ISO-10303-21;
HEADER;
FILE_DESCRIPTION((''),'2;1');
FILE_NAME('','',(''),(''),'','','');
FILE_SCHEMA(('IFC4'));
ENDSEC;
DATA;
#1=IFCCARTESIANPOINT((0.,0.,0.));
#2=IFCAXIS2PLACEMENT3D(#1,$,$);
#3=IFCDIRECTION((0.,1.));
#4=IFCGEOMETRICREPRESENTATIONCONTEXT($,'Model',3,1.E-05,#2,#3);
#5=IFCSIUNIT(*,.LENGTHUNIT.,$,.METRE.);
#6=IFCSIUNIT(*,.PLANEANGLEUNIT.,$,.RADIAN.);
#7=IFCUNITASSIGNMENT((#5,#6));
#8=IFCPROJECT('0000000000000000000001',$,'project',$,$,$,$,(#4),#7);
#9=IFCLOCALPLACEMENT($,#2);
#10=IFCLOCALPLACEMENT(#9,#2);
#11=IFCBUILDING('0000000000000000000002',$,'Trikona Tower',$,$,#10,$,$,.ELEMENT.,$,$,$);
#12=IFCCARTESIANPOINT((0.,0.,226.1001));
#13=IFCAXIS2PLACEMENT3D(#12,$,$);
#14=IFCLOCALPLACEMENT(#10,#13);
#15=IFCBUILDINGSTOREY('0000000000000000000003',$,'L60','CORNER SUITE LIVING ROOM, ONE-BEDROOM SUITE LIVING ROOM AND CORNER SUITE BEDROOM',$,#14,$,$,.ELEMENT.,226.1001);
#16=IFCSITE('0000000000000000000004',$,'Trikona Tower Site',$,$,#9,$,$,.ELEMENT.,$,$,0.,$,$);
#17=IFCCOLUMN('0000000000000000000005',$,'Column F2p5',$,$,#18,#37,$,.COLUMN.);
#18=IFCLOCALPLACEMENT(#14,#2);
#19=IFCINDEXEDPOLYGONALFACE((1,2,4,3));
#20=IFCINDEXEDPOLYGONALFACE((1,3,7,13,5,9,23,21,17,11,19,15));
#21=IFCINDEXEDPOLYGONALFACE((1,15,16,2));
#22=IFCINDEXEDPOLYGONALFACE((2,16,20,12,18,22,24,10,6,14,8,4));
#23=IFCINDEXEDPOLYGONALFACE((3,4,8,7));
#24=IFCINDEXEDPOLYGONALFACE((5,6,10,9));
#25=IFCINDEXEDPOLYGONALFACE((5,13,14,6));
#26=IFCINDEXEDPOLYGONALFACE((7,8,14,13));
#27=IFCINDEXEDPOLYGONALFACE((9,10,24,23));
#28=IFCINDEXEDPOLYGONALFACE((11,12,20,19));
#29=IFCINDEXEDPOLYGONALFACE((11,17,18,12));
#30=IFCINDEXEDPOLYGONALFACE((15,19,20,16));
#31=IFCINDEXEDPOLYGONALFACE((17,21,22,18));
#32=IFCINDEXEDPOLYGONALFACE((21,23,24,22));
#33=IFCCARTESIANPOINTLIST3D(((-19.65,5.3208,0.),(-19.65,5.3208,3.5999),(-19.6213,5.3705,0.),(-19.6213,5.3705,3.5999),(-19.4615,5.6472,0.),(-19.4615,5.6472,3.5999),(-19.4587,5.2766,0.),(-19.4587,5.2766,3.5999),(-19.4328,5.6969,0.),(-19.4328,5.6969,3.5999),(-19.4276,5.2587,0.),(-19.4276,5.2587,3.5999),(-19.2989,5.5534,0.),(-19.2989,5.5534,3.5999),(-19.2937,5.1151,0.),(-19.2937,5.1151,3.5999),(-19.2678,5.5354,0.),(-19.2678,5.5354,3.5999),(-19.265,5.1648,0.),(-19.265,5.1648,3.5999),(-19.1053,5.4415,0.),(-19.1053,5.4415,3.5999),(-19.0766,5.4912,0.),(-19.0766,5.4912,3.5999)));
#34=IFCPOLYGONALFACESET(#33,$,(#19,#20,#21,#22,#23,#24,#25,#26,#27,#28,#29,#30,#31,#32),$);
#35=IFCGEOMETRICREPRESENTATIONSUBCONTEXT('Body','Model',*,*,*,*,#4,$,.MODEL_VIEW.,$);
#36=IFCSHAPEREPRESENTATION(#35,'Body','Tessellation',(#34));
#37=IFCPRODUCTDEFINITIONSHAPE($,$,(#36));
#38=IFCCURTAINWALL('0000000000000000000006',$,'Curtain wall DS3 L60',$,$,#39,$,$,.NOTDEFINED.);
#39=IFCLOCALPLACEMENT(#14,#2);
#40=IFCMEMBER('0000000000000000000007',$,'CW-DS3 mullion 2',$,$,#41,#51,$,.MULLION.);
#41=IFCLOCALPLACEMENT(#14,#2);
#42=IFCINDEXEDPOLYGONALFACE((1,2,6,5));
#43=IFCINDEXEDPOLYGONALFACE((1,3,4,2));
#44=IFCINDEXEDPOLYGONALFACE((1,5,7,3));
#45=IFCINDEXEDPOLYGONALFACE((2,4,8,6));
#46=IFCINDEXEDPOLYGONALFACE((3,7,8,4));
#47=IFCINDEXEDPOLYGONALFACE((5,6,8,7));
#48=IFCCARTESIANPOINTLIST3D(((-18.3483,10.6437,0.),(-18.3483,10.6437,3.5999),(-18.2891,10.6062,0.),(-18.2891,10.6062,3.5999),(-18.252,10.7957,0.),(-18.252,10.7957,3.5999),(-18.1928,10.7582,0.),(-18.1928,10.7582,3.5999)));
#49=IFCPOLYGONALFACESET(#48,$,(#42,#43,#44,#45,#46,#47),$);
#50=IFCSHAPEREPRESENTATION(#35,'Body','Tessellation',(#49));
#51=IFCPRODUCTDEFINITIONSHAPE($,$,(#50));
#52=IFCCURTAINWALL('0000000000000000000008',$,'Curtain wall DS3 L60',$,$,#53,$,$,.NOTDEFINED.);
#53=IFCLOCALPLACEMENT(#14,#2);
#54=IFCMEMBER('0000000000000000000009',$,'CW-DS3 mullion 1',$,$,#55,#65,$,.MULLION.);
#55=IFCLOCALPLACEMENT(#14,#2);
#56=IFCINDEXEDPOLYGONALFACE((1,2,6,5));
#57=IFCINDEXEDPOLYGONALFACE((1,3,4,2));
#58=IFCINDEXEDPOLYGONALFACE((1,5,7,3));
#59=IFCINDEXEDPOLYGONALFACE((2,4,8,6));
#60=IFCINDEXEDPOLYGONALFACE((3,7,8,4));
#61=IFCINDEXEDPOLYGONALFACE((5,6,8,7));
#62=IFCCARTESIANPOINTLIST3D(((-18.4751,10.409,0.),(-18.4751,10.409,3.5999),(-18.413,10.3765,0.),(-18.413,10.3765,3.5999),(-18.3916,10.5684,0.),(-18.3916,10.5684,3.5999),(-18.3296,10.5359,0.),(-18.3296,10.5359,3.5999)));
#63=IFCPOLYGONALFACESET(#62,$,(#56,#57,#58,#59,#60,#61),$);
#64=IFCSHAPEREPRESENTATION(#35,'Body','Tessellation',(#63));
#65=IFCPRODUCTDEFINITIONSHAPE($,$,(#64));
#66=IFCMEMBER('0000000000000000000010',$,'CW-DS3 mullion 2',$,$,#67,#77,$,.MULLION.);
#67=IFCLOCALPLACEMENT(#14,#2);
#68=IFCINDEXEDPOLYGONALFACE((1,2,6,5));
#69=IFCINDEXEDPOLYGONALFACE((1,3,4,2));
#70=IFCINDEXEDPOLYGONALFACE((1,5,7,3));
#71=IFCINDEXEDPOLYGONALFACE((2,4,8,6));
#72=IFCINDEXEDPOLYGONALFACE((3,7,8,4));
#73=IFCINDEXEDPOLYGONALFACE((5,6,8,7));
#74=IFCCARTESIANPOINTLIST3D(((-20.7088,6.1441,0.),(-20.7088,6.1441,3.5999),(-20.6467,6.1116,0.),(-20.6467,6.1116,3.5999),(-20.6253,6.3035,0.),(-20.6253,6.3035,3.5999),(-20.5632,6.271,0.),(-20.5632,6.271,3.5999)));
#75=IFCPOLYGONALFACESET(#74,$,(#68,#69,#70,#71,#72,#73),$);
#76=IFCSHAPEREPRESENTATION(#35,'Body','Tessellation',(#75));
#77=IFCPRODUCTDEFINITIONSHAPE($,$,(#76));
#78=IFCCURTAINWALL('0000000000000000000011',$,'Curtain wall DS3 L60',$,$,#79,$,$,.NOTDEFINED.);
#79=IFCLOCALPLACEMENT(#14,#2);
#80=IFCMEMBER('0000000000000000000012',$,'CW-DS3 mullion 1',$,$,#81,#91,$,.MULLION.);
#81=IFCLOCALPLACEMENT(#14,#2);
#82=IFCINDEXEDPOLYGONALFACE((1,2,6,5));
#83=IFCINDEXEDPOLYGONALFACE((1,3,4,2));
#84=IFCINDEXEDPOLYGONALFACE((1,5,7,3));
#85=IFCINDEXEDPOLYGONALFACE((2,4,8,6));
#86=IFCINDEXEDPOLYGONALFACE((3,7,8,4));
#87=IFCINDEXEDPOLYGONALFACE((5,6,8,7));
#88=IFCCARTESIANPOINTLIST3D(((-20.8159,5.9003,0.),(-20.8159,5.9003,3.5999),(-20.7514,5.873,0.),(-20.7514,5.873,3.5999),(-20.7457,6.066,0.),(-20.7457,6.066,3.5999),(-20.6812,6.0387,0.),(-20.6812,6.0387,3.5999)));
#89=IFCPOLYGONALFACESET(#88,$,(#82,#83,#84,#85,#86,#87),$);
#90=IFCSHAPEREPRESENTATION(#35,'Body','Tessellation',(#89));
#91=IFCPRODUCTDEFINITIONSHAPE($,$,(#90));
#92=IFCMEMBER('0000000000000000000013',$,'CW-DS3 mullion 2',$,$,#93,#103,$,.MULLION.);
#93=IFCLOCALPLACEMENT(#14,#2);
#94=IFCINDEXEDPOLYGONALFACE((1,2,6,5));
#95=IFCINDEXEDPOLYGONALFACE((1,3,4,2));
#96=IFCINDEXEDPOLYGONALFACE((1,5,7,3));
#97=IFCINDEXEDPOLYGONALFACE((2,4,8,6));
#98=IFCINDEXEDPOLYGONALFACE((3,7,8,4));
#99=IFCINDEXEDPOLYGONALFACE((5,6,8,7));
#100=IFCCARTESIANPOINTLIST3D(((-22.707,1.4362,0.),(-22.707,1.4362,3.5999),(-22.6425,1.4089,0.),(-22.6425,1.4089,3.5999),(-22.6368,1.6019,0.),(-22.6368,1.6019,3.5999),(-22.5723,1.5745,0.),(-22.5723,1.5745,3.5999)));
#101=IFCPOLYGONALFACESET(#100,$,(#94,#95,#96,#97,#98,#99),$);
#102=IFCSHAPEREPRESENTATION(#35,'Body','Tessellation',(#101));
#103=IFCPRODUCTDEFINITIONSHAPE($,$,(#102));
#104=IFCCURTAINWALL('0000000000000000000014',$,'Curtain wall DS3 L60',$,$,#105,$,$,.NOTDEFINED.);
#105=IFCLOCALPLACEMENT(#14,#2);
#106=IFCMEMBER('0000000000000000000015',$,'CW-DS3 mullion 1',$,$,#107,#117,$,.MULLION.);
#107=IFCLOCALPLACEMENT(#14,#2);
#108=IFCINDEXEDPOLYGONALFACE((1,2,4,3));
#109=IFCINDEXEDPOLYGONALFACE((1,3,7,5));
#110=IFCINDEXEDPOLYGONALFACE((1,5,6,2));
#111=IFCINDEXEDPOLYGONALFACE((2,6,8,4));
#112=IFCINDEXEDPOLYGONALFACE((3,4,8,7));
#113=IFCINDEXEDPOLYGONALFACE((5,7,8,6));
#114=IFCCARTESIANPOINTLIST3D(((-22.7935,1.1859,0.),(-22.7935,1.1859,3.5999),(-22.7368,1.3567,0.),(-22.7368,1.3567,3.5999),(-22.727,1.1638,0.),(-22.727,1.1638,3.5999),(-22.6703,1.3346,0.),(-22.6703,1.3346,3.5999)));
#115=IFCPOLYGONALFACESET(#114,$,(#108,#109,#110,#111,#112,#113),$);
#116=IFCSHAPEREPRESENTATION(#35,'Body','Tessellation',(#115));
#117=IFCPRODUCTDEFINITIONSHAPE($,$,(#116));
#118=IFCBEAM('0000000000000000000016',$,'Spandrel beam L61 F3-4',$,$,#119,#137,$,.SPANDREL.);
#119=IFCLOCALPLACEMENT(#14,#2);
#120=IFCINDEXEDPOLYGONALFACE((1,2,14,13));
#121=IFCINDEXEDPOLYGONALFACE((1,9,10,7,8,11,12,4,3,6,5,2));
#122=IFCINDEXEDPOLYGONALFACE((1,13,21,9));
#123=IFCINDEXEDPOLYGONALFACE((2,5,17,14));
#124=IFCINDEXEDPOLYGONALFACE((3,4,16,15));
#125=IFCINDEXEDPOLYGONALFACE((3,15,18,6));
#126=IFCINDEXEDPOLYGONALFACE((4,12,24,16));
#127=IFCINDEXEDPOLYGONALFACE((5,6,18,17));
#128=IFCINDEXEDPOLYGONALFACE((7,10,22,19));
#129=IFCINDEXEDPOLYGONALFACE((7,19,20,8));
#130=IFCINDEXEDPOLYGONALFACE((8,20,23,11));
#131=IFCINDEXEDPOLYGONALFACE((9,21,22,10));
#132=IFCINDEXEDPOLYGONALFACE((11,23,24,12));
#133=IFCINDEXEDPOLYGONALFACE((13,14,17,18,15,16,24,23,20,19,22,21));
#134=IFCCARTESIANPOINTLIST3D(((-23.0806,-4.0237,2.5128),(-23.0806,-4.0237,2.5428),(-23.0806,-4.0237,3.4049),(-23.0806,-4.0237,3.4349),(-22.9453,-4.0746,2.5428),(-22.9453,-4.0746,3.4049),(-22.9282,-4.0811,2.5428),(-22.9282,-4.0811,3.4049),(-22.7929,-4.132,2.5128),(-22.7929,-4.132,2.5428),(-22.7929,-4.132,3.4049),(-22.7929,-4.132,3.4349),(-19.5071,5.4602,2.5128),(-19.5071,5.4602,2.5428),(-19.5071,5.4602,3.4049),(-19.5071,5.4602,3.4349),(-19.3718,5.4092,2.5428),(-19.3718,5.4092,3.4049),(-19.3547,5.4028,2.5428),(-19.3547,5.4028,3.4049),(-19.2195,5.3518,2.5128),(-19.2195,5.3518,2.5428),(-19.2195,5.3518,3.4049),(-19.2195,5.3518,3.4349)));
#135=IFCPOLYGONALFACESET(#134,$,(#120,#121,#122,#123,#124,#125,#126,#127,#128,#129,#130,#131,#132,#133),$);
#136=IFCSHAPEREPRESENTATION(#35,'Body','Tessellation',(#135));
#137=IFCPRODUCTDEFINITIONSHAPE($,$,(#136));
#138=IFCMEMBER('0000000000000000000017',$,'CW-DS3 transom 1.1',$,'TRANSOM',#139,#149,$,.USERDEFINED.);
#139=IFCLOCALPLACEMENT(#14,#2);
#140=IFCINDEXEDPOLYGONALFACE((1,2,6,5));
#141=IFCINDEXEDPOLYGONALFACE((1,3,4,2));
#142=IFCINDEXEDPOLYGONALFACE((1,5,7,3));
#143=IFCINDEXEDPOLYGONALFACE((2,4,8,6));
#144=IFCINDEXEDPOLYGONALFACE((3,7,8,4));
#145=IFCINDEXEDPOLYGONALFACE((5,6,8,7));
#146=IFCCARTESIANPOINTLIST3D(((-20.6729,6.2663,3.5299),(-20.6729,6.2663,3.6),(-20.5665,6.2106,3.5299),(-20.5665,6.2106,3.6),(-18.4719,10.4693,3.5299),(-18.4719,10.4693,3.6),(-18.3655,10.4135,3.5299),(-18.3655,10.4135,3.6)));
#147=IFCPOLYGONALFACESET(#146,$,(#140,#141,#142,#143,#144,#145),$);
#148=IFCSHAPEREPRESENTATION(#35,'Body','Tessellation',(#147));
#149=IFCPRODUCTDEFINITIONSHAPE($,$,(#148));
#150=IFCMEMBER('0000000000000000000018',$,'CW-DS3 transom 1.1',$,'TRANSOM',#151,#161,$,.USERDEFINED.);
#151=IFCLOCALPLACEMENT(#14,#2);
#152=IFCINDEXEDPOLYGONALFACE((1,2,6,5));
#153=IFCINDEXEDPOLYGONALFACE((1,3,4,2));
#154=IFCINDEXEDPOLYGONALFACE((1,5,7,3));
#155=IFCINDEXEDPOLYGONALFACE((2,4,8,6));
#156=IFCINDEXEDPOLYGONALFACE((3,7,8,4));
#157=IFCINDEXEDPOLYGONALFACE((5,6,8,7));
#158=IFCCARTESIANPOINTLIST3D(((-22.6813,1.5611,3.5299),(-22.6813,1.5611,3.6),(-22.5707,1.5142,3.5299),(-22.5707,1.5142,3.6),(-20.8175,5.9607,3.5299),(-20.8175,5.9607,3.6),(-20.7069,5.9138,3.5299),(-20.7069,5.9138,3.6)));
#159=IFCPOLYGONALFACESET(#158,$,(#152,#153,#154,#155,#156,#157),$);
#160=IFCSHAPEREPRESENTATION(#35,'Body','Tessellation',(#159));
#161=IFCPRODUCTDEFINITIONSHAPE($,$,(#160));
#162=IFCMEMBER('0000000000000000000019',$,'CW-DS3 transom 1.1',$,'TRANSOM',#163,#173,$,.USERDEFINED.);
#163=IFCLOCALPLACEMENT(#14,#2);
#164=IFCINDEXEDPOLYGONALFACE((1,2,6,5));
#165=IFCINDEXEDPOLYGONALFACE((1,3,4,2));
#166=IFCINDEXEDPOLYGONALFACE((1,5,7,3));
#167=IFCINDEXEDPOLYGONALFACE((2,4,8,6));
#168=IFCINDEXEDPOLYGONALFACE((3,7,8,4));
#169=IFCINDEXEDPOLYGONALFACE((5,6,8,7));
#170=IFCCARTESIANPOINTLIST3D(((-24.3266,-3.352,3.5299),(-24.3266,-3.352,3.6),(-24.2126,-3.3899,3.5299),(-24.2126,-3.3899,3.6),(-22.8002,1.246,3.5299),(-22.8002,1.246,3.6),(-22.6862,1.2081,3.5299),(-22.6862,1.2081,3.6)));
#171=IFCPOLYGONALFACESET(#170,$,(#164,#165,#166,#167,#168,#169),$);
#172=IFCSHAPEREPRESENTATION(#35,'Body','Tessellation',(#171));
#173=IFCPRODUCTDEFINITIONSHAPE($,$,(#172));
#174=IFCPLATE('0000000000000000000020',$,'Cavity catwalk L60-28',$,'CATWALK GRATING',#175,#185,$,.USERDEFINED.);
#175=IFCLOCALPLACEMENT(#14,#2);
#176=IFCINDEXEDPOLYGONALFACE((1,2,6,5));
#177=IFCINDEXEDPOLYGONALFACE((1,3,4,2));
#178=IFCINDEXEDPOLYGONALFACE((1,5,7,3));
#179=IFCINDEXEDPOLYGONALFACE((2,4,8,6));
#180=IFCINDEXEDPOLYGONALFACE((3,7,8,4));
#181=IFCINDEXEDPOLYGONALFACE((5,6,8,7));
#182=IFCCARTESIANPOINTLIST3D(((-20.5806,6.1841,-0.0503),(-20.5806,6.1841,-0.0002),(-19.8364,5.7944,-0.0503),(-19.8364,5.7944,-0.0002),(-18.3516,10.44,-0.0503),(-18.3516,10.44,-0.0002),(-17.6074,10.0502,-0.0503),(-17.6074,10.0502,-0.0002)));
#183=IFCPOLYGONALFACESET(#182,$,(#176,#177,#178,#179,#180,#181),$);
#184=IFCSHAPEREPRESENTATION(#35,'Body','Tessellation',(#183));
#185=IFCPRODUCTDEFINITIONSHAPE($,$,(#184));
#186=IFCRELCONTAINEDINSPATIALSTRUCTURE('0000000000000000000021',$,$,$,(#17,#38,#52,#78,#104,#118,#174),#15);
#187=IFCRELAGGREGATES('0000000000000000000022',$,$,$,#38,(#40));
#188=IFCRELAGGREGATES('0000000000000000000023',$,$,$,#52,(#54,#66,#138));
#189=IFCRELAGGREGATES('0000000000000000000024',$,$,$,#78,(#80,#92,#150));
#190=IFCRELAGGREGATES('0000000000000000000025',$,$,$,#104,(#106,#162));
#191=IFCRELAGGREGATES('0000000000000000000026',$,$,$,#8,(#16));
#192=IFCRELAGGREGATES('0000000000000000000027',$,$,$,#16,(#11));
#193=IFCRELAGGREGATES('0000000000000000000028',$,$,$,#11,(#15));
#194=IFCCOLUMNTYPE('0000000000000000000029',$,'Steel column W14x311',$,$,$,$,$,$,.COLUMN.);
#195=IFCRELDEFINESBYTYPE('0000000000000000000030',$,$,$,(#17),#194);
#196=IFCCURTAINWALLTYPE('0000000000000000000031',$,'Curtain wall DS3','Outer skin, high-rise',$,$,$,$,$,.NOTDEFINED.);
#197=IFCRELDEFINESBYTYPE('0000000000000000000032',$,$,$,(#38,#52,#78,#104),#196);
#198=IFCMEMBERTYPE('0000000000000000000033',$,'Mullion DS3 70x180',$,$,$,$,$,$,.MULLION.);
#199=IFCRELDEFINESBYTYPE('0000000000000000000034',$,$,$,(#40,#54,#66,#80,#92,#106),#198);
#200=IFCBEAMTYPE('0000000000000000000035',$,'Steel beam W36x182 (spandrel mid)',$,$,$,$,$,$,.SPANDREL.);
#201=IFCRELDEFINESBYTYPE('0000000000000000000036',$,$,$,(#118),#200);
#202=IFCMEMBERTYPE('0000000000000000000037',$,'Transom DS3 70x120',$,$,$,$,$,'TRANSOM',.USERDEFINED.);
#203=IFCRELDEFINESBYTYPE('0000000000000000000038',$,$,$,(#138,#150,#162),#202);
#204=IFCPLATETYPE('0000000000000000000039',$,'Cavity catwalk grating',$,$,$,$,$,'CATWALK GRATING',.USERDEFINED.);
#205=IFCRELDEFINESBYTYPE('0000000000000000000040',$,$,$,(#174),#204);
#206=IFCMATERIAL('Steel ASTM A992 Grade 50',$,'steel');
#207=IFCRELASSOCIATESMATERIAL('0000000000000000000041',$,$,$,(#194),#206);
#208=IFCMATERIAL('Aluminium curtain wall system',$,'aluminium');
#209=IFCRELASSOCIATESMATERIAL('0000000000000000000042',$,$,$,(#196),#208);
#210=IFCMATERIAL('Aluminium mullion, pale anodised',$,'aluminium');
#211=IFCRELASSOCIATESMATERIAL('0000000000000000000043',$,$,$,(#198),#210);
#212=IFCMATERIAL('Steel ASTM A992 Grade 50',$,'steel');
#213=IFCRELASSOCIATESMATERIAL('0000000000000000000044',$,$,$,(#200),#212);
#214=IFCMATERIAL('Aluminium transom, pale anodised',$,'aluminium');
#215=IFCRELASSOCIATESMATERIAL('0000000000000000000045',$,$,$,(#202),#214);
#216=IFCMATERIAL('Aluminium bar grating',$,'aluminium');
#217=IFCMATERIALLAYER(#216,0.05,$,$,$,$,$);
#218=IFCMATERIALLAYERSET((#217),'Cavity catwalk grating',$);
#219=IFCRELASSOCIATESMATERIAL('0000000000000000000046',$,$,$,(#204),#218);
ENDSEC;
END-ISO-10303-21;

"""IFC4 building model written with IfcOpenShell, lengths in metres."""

from ifc_helpers import new_model, si_unit, direction, frame, origin, origin_2d, place, context, subcontext, project, spatial, rectangle, i_section, extrude, material, layer, layer_set, material_profile, profile_set, type_object, element, aggregate, save


model = new_model("IFC4")

# Units and contexts
model_context = context("Model", 3, precision=1e-05, world=origin(), true_north=direction((0.0, 1.0)))
body_context = subcontext(model_context, "Body", "Model", "MODEL_VIEW")
ifc_project = project(units=[si_unit("LENGTHUNIT", "METRE"), si_unit("PLANEANGLEUNIT", "RADIAN")], contexts=[model_context])

# Site, building, storey
site_placement = place(None, origin())
site = spatial("IfcSite", under=ifc_project, at=site_placement, Name="Trikona Tower Site", CompositionType="ELEMENT", RefElevation=0.0)
building_placement = place(site_placement, origin())
building = spatial("IfcBuilding", under=site, at=building_placement, Name="Trikona Tower", CompositionType="ELEMENT")
storey_placement = place(building_placement, frame((0.0, 0.0, 226.1001)))
storey = spatial("IfcBuildingStorey", under=building, at=storey_placement, Name="L60", Description="CORNER SUITE LIVING ROOM, ONE-BEDROOM SUITE LIVING ROOM AND CORNER SUITE BEDROOM", CompositionType="ELEMENT", Elevation=226.1001)

# Column
ifc_material_1 = material(Name="Steel ASTM A992 Grade 50", Category="steel")
ifc_material_profile_1 = material_profile(ifc_material_1, i_section(OverallWidth=0.4114, OverallDepth=0.4343, WebThickness=0.0359, FlangeThickness=0.0574, at=origin_2d()), Name="W14X311")
ifc_profile_set_1 = profile_set([ifc_material_profile_1], Name="Steel ASTM A992 Grade 50")
column_type = type_object("IfcColumnType", Name="Steel column W14x311", PredefinedType="COLUMN", material=ifc_profile_set_1)
column_placement = place(storey_placement, frame((-19.3633, 5.406, 0.0), z_axis=(0.0, 0.0, 1.0), x_axis=(-0.866025, 0.5, 0.0)))
element("IfcColumn", 1, at=column_placement, inside=storey, type_object=column_type, Name="Column F2p5", PredefinedType="COLUMN", context=body_context, shape_type="SweptSolid", body=[
    extrude(i_section(OverallWidth=0.4114, OverallDepth=0.4343, WebThickness=0.0359, FlangeThickness=0.0574, at=origin_2d()), origin(), (0.0, 0.0, 1.0), 3.5999),
])

# Curtain wall, member
ifc_material_2 = material(Name="Aluminium curtain wall system", Category="aluminium")
curtain_wall_type = type_object("IfcCurtainWallType", Name="Curtain wall DS3", Description="Outer skin, high-rise", PredefinedType="NOTDEFINED", material=ifc_material_2)
curtain_wall_1_placement = place(storey_placement, origin())
curtain_wall_1 = element("IfcCurtainWall", 2, at=curtain_wall_1_placement, inside=storey, type_object=curtain_wall_type, Name="Curtain wall DS3 L60", PredefinedType="NOTDEFINED")
ifc_material_3 = material(Name="Aluminium mullion, pale anodised", Category="aluminium")
ifc_material_profile_2 = material_profile(ifc_material_3, rectangle(XDim=0.0701, YDim=0.1799, at=origin_2d()), Name="MUL-DS3")
ifc_profile_set_2 = profile_set([ifc_material_profile_2], Name="Aluminium mullion, pale anodised")
member_type_1 = type_object("IfcMemberType", Name="Mullion DS3 70x180", PredefinedType="MULLION", material=ifc_profile_set_2)
member_1_placement = place(storey_placement, frame((-18.2705, 10.7009, 0.0), z_axis=(0.0, 0.0, 1.0), x_axis=(0.844727, -0.535197, 0.0)))
member_1 = element("IfcMember", 3, at=member_1_placement, type_object=member_type_1, Name="CW-DS3 mullion 2", PredefinedType="MULLION", context=body_context, shape_type="SweptSolid", body=[
    extrude(rectangle(XDim=0.0701, YDim=0.1799, at=origin_2d()), origin(), (0.0, 0.0, 1.0), 3.5999),
])
aggregate(curtain_wall_1, [member_1])

# Curtain walls, members
curtain_wall_2_placement = place(storey_placement, origin())
curtain_wall_2 = element("IfcCurtainWall", 4, at=curtain_wall_2_placement, inside=storey, type_object=curtain_wall_type, Name="Curtain wall DS3 L60", PredefinedType="NOTDEFINED")
member_2_placement = place(storey_placement, frame((-18.4023, 10.4724, 0.0), z_axis=(0.0, 0.0, 1.0), x_axis=(0.885862, -0.463948, 0.0)))
member_2 = element("IfcMember", 5, at=member_2_placement, type_object=member_type_1, Name="CW-DS3 mullion 1", PredefinedType="MULLION", context=body_context, shape_type="SweptSolid", body=[
    extrude(rectangle(XDim=0.0701, YDim=0.1799, at=origin_2d()), origin(), (0.0, 0.0, 1.0), 3.5999),
])
member_3_placement = place(storey_placement, frame((-20.636, 6.2075, 0.0), z_axis=(0.0, 0.0, 1.0), x_axis=(0.885862, -0.463948, 0.0)))
member_3 = element("IfcMember", 6, at=member_3_placement, type_object=member_type_1, Name="CW-DS3 mullion 2", PredefinedType="MULLION", context=body_context, shape_type="SweptSolid", body=[
    extrude(rectangle(XDim=0.0701, YDim=0.1799, at=origin_2d()), origin(), (0.0, 0.0, 1.0), 3.5999),
])
curtain_wall_3_placement = place(storey_placement, origin())
curtain_wall_3 = element("IfcCurtainWall", 7, at=curtain_wall_3_placement, inside=storey, type_object=curtain_wall_type, Name="Curtain wall DS3 L60", PredefinedType="NOTDEFINED")
member_4_placement = place(storey_placement, frame((-20.7485, 5.9695, 0.0), z_axis=(0.0, 0.0, 1.0), x_axis=(0.920792, -0.390053, 0.0)))
member_4 = element("IfcMember", 8, at=member_4_placement, type_object=member_type_1, Name="CW-DS3 mullion 1", PredefinedType="MULLION", context=body_context, shape_type="SweptSolid", body=[
    extrude(rectangle(XDim=0.0701, YDim=0.1799, at=origin_2d()), origin(), (0.0, 0.0, 1.0), 3.5999),
])
member_5_placement = place(storey_placement, frame((-22.6396, 1.5054, 0.0), z_axis=(0.0, 0.0, 1.0), x_axis=(0.920792, -0.390053, 0.0)))
member_5 = element("IfcMember", 9, at=member_5_placement, type_object=member_type_1, Name="CW-DS3 mullion 2", PredefinedType="MULLION", context=body_context, shape_type="SweptSolid", body=[
    extrude(rectangle(XDim=0.0701, YDim=0.1799, at=origin_2d()), origin(), (0.0, 0.0, 1.0), 3.5999),
])

# Curtain wall, member
curtain_wall_4_placement = place(storey_placement, origin())
curtain_wall_4 = element("IfcCurtainWall", 10, at=curtain_wall_4_placement, inside=storey, type_object=curtain_wall_type, Name="Curtain wall DS3 L60", PredefinedType="NOTDEFINED")
member_6_placement = place(storey_placement, frame((-22.7319, 1.2603, 0.0), z_axis=(0.0, 0.0, 1.0), x_axis=(0.949066, -0.315078, 0.0)))
member_6 = element("IfcMember", 11, at=member_6_placement, type_object=member_type_1, Name="CW-DS3 mullion 1", PredefinedType="MULLION", context=body_context, shape_type="SweptSolid", body=[
    extrude(rectangle(XDim=0.0701, YDim=0.1799, at=origin_2d()), origin(), (0.0, 0.0, 1.0), 3.5999),
])

# Beam
ifc_material_4 = material(Name="Steel ASTM A992 Grade 50", Category="steel")
ifc_material_profile_3 = material_profile(ifc_material_4, i_section(OverallWidth=0.3074, OverallDepth=0.9221, WebThickness=0.0183, FlangeThickness=0.03, at=origin_2d()), Name="W36X182")
ifc_profile_set_3 = profile_set([ifc_material_profile_3], Name="Steel ASTM A992 Grade 50")
beam_type = type_object("IfcBeamType", Name="Steel beam W36x182 (spandrel mid)", PredefinedType="SPANDREL", material=ifc_profile_set_3)
beam_placement = place(storey_placement, frame((-19.3633, 5.406, 2.9739), z_axis=(-0.352596, -0.935776, 0.0), x_axis=(0.935776, -0.352596, 0.0)))
element("IfcBeam", 12, at=beam_placement, inside=storey, type_object=beam_type, Name="Spandrel beam L61 F3-4", PredefinedType="SPANDREL", context=body_context, shape_type="SweptSolid", body=[
    extrude(i_section(OverallWidth=0.3074, OverallDepth=0.9221, WebThickness=0.0183, FlangeThickness=0.03, at=origin_2d()), origin(), (0.0, 0.0, 1.0), 10.1348),
])

# Members
ifc_material_5 = material(Name="Aluminium transom, pale anodised", Category="aluminium")
ifc_material_profile_4 = material_profile(ifc_material_5, rectangle(XDim=0.1201, YDim=0.0701, at=origin_2d()), Name="TRN-DS3")
ifc_profile_set_4 = profile_set([ifc_material_profile_4], Name="Aluminium transom, pale anodised")
member_type_2 = type_object("IfcMemberType", Name="Transom DS3 70x120", ElementType="TRANSOM", PredefinedType="USERDEFINED", material=ifc_profile_set_4)
member_7_placement = place(storey_placement, frame((-18.4187, 10.4414, 3.5649), z_axis=(-0.463911, -0.885882, 0.0), x_axis=(0.885882, -0.463911, 0.0)))
member_7 = element("IfcMember", 13, at=member_7_placement, type_object=member_type_2, Name="CW-DS3 transom 1.1", ObjectType="TRANSOM", PredefinedType="USERDEFINED", context=body_context, shape_type="SweptSolid", body=[
    extrude(rectangle(XDim=0.1201, YDim=0.0701, at=origin_2d()), origin(), (0.0, 0.0, 1.0), 4.7444),
])
member_8_placement = place(storey_placement, frame((-20.7622, 5.9373, 3.5649), z_axis=(-0.390062, -0.920789, 0.0), x_axis=(0.920789, -0.390062, 0.0)))
member_8 = element("IfcMember", 14, at=member_8_placement, type_object=member_type_2, Name="CW-DS3 transom 1.1", ObjectType="TRANSOM", PredefinedType="USERDEFINED", context=body_context, shape_type="SweptSolid", body=[
    extrude(rectangle(XDim=0.1201, YDim=0.0701, at=origin_2d()), origin(), (0.0, 0.0, 1.0), 4.7781),
])
member_9_placement = place(storey_placement, frame((-22.7432, 1.2271, 3.5649), z_axis=(-0.315063, -0.949071, 0.0), x_axis=(0.949071, -0.315063, 0.0)))
member_9 = element("IfcMember", 15, at=member_9_placement, type_object=member_type_2, Name="CW-DS3 transom 1.1", ObjectType="TRANSOM", PredefinedType="USERDEFINED", context=body_context, shape_type="SweptSolid", body=[
    extrude(rectangle(XDim=0.1201, YDim=0.0701, at=origin_2d()), origin(), (0.0, 0.0, 1.0), 4.8447),
])

# Plate
ifc_material_6 = material(Name="Aluminium bar grating", Category="aluminium")
ifc_layer_1 = layer(ifc_material_6, 0.05)
ifc_layer_set_1 = layer_set([ifc_layer_1], Name="Cavity catwalk grating")
plate_type_1 = type_object("IfcPlateType", Name="Cavity catwalk grating", ElementType="CATWALK GRATING", PredefinedType="USERDEFINED", material=ifc_layer_set_1)
plate_1_placement = place(storey_placement, frame((-19.094, 8.1172, -0.0503), z_axis=(0.0, 0.0, 1.0), x_axis=(-0.463952, -0.88586, 0.0)))
element("IfcPlate", 16, at=plate_1_placement, inside=storey, type_object=plate_type_1, Name="Cavity catwalk L60-28", ObjectType="CATWALK GRATING", PredefinedType="USERDEFINED", context=body_context, shape_type="SweptSolid", body=[
    extrude(rectangle(XDim=4.8042, YDim=0.8401, at=origin_2d()), origin(), (0.0, 0.0, 1.0), 0.05),
])

aggregate(curtain_wall_2, [member_2, member_3, member_7])
aggregate(curtain_wall_3, [member_4, member_5, member_8])
aggregate(curtain_wall_4, [member_6, member_9])

save(model, "model.ifc")
